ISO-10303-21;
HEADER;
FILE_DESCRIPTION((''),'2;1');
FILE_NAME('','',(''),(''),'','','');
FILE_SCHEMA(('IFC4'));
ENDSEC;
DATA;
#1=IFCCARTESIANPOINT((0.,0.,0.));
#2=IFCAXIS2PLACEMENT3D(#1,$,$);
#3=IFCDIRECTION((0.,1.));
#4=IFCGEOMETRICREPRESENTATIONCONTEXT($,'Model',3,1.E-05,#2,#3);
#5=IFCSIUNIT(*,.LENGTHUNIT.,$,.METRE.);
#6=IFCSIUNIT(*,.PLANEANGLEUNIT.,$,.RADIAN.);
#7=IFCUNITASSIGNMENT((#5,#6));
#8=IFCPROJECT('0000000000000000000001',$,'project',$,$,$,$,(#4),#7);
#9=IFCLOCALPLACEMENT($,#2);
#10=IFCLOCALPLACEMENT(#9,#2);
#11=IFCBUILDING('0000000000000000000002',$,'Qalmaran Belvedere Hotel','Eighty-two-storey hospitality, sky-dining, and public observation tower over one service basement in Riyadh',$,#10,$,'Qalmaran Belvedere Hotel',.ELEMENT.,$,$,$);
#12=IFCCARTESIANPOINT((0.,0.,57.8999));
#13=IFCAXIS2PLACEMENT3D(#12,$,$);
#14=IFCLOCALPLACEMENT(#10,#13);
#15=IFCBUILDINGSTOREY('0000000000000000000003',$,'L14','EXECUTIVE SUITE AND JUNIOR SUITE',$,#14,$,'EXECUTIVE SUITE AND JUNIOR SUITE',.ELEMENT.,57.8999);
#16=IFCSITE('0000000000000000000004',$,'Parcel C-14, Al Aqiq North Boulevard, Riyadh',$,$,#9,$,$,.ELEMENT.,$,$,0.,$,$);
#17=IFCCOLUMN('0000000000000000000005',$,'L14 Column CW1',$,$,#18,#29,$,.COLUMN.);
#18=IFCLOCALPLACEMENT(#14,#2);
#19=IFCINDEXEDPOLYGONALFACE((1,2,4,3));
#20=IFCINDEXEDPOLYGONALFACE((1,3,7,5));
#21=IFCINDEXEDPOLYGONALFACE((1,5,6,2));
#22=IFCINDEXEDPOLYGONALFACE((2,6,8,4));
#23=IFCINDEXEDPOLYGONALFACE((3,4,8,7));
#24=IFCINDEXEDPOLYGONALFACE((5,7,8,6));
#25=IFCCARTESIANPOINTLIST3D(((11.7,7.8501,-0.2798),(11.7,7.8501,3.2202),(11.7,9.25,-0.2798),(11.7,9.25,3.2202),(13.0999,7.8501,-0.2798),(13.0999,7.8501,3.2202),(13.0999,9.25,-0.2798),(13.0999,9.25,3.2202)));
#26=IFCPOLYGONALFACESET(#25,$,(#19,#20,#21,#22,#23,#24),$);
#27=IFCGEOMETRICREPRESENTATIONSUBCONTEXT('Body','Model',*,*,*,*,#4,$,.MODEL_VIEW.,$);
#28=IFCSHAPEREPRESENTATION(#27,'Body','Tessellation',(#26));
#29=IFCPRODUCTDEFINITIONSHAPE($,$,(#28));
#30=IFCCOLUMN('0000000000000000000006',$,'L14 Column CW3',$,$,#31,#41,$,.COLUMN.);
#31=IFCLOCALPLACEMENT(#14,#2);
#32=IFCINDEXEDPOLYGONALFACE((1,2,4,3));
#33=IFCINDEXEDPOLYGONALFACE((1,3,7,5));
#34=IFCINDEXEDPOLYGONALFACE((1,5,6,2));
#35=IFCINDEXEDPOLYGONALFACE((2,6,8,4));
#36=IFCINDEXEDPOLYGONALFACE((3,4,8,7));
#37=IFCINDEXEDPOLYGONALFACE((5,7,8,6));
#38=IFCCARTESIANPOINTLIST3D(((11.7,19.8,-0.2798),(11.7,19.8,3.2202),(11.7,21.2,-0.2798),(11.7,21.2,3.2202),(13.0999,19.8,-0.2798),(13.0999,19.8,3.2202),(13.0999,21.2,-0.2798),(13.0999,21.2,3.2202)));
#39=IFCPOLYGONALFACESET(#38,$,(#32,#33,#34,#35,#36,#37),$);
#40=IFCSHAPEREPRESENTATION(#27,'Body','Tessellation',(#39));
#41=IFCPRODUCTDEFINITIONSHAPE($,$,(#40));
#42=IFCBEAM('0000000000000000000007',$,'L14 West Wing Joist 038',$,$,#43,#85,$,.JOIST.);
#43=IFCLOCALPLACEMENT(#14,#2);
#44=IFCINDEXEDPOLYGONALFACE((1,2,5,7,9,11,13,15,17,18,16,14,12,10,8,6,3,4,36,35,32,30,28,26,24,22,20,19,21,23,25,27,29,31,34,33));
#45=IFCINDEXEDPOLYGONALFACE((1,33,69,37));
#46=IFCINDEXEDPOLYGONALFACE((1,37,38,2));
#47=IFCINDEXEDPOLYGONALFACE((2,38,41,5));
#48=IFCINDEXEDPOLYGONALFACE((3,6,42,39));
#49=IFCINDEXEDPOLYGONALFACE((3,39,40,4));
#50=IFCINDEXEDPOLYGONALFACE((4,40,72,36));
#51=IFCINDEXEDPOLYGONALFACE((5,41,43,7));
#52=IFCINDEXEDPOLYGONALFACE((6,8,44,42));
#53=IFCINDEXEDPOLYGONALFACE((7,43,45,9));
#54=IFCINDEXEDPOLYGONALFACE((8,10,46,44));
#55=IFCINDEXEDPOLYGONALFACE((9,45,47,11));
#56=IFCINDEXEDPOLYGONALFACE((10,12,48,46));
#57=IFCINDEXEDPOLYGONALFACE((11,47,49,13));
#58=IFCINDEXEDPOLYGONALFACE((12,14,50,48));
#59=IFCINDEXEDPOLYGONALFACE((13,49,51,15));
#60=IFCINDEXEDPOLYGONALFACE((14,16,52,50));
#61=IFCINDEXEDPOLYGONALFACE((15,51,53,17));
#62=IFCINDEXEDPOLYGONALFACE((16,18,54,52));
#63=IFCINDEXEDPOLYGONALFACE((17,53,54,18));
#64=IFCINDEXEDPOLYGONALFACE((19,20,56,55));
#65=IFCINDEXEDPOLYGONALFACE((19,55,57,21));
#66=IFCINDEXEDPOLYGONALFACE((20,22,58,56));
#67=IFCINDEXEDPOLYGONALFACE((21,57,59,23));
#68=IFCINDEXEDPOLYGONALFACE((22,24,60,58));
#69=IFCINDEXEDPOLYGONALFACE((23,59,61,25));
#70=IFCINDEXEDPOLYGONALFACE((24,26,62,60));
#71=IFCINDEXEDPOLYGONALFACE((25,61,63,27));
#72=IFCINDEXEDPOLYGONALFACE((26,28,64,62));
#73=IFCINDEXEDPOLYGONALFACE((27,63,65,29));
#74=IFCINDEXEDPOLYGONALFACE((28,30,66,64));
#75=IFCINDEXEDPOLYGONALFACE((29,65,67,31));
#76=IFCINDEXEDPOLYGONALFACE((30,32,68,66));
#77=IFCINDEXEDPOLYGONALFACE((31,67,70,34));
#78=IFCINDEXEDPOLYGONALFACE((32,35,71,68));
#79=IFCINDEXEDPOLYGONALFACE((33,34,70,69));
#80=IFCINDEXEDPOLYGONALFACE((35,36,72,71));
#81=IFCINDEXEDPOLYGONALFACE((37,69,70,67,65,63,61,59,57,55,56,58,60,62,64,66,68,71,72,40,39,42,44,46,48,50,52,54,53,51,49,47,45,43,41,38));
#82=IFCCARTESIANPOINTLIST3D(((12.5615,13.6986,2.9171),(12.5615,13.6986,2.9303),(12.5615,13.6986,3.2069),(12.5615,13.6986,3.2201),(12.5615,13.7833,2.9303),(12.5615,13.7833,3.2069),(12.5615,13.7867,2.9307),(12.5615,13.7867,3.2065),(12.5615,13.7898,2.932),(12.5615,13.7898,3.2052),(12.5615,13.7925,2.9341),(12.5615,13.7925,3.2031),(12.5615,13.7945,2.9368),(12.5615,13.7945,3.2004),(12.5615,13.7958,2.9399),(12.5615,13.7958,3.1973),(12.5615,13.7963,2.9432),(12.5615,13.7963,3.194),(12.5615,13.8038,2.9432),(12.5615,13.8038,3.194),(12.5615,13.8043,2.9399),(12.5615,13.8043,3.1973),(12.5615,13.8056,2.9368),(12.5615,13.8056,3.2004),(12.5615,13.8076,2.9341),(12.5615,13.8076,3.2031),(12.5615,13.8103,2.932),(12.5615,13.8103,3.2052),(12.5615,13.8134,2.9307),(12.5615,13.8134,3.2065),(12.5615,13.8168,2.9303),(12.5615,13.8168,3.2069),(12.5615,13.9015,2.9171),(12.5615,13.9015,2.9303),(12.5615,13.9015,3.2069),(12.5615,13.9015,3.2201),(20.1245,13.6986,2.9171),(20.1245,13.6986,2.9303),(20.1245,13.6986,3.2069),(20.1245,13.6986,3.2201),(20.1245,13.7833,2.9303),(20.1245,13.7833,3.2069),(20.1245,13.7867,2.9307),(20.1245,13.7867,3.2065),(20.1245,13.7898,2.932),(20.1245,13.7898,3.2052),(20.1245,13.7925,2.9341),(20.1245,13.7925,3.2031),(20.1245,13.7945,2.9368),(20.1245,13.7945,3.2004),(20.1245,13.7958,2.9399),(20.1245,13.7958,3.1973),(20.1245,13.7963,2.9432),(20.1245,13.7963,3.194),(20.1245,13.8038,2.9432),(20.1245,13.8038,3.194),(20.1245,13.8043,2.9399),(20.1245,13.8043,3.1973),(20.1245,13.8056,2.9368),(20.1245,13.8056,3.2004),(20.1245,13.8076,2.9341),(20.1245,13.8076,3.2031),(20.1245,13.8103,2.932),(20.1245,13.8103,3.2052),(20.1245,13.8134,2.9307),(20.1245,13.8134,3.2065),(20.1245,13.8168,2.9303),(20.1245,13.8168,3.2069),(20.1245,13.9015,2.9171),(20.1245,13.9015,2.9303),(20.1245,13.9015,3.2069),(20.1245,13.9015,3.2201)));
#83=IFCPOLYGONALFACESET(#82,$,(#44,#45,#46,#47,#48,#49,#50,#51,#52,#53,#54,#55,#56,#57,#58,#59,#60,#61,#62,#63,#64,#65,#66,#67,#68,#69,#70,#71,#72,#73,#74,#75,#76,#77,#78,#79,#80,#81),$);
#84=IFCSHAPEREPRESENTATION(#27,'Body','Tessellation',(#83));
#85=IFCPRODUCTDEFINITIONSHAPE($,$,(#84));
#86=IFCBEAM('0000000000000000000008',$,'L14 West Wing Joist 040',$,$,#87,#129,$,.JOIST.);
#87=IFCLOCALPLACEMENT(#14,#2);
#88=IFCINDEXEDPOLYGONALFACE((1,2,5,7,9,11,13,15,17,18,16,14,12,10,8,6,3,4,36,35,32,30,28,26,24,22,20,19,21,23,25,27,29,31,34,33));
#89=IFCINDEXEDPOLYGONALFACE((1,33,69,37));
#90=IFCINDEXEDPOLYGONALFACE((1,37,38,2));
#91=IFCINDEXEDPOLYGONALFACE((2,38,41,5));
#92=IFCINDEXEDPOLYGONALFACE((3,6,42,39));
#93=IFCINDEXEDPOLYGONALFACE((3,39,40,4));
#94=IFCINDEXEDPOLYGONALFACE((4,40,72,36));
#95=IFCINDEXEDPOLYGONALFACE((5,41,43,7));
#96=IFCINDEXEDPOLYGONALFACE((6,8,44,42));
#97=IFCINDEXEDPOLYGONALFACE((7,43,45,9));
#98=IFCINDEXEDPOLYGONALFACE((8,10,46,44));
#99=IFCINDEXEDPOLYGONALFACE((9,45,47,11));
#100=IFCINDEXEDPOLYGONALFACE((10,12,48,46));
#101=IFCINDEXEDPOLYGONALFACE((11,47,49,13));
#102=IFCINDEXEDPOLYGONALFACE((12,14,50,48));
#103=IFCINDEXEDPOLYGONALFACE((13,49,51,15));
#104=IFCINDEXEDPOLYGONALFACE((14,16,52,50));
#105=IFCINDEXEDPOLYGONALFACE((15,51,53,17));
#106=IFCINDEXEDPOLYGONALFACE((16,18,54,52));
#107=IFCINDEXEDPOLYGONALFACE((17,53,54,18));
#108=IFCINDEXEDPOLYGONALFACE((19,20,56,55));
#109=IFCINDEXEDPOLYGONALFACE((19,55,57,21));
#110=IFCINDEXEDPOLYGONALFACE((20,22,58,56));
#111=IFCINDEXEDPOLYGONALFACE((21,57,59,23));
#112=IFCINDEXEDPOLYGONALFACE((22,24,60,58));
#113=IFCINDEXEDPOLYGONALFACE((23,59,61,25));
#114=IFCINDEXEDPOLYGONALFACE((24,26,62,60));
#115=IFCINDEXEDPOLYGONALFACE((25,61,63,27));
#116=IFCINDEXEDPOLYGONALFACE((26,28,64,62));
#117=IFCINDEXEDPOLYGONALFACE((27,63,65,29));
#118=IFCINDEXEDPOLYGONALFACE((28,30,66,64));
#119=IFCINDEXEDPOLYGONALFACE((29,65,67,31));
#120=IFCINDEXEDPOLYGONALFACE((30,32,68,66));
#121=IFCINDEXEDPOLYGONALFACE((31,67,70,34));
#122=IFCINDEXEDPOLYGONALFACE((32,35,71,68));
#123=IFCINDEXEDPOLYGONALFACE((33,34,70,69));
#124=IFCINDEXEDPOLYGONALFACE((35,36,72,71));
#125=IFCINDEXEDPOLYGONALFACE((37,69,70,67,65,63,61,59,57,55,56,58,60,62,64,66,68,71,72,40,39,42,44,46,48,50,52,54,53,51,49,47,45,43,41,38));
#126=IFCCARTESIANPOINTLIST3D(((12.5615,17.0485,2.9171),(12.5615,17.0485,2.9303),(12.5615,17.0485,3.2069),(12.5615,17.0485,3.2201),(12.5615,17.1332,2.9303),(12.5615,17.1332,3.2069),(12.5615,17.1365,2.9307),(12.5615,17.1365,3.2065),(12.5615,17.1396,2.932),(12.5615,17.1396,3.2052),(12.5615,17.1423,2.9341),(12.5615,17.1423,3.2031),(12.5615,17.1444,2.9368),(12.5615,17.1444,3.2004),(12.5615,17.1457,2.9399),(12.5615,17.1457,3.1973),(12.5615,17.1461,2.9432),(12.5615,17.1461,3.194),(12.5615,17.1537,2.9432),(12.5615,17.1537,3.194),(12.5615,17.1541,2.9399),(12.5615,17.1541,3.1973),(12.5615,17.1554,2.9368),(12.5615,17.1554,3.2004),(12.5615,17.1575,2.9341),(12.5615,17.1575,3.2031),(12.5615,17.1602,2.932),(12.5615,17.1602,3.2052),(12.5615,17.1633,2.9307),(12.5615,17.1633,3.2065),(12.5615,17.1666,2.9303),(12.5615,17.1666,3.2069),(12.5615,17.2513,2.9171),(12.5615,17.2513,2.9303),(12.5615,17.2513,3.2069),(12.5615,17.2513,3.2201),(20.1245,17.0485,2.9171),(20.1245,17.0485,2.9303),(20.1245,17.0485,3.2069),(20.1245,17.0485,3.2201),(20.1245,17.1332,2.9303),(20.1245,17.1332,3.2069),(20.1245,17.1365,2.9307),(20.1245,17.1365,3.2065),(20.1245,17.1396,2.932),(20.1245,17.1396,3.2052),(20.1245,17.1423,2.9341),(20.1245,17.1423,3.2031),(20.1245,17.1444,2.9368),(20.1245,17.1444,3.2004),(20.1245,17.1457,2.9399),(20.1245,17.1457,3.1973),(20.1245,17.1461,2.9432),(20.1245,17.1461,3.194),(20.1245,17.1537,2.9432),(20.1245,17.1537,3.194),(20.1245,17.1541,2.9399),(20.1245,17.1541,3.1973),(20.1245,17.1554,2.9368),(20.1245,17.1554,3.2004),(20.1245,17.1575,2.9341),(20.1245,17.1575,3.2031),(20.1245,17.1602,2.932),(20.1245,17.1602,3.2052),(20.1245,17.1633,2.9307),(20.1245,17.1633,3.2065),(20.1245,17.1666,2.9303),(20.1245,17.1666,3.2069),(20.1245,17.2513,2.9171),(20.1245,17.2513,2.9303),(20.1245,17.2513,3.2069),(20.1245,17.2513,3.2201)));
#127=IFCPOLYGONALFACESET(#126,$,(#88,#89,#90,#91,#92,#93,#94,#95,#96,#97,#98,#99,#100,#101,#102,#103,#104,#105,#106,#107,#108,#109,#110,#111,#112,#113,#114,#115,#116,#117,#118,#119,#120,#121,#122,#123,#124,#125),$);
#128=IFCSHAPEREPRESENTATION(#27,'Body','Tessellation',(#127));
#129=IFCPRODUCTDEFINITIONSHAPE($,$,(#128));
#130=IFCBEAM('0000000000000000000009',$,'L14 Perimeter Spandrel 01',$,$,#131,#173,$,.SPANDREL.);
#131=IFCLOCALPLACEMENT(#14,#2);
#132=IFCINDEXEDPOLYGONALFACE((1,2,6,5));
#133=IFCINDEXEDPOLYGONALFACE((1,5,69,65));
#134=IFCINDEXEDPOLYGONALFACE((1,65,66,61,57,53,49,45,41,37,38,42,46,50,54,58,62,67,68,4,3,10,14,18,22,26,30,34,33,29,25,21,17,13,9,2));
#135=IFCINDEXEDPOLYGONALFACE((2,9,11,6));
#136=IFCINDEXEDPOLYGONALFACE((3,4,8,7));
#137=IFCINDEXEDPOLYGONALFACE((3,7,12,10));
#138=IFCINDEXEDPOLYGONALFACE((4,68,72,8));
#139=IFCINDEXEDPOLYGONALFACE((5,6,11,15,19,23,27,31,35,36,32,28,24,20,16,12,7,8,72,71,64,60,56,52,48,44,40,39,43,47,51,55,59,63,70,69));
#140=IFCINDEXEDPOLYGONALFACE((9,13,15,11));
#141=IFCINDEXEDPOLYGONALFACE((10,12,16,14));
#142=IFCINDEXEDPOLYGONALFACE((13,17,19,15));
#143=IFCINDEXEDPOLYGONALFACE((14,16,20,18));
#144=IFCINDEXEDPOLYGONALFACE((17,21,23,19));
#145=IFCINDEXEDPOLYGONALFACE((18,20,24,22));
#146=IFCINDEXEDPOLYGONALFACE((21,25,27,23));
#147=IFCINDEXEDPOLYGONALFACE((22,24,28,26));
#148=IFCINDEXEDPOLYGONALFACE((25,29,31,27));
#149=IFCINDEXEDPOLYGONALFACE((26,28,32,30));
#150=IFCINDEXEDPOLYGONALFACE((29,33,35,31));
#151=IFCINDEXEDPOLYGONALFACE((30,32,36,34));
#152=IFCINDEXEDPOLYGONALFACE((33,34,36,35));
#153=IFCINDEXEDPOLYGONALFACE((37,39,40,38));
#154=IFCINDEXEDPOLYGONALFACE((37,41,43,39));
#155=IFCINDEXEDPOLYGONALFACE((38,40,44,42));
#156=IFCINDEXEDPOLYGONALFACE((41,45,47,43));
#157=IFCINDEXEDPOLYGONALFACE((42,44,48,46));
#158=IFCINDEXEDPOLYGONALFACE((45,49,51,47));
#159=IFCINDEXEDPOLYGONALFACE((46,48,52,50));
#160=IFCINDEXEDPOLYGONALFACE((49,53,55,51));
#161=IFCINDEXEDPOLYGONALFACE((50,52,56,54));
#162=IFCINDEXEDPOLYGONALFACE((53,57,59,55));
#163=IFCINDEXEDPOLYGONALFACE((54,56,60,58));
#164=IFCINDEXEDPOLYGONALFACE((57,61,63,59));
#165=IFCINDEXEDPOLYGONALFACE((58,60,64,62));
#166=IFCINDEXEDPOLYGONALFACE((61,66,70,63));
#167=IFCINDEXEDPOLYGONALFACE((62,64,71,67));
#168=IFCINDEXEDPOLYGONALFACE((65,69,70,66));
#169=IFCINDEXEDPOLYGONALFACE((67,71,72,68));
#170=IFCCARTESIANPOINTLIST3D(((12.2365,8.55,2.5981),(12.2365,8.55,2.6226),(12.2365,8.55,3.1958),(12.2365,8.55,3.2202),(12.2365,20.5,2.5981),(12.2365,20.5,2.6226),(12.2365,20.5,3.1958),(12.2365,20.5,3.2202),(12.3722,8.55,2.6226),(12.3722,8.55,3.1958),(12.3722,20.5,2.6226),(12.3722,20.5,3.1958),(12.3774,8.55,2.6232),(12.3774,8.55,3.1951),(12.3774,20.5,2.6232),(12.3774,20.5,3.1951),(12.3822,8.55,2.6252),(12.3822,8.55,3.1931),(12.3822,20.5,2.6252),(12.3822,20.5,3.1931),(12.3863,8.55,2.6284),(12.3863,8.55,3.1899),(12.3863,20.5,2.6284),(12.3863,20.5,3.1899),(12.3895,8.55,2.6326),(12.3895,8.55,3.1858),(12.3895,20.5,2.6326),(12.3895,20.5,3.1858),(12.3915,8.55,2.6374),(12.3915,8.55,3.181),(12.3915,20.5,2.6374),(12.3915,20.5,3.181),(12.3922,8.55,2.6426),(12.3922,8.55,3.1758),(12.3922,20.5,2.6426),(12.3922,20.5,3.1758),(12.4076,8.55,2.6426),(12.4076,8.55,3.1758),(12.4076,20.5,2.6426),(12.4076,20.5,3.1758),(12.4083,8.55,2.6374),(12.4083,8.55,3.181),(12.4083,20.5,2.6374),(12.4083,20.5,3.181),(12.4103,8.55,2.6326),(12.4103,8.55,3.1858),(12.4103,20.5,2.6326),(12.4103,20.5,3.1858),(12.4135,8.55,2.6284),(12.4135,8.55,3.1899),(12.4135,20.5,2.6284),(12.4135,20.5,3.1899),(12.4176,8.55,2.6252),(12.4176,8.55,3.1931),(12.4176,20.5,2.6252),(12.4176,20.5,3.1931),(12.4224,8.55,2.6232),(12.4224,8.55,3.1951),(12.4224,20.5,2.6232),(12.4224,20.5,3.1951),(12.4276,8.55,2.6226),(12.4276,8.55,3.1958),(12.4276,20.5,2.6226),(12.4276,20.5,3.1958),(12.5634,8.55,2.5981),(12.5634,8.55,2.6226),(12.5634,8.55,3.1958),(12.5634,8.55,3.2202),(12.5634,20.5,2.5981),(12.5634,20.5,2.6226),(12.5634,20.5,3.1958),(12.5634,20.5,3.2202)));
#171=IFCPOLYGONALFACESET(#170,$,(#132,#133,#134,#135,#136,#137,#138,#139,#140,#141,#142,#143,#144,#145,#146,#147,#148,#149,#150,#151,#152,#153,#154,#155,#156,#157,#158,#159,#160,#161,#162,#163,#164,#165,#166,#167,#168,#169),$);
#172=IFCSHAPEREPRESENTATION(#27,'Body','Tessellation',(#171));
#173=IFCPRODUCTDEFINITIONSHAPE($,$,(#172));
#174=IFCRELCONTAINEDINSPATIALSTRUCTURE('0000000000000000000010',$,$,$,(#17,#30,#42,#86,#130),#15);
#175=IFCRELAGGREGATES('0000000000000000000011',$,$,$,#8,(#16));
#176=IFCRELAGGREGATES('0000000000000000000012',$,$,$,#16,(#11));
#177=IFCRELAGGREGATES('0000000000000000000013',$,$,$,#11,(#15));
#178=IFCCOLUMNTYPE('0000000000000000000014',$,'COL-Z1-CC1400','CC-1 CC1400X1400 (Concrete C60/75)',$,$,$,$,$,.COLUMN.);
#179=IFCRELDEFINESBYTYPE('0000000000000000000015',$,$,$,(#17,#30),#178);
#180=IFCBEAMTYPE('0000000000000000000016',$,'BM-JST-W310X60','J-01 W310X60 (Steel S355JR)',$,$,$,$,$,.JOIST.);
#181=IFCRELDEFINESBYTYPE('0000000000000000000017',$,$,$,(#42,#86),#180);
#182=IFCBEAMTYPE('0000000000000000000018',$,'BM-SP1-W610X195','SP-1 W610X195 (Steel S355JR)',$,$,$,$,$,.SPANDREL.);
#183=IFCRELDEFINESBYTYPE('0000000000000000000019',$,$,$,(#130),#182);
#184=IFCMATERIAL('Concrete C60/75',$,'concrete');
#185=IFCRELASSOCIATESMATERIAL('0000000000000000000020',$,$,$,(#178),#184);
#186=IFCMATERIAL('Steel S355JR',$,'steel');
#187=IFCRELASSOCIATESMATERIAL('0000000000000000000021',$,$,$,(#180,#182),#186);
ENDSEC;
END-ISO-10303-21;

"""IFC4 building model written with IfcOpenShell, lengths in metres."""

from ifc_helpers import new_model, si_unit, direction, frame, origin, origin_2d, place, context, subcontext, project, spatial, rectangle, i_section, extrude, material, material_profile, profile_set, type_object, element, save


model = new_model("IFC4")

# Units and contexts
model_context = context("Model", 3, precision=1e-05, world=origin(), true_north=direction((0.0, 1.0)))
body_context = subcontext(model_context, "Body", "Model", "MODEL_VIEW")
ifc_project = project(units=[si_unit("LENGTHUNIT", "METRE"), si_unit("PLANEANGLEUNIT", "RADIAN")], contexts=[model_context])

# Site, building, storey
site_placement = place(None, origin())
site = spatial("IfcSite", under=ifc_project, at=site_placement, Name="Parcel C-14, Al Aqiq North Boulevard, Riyadh", CompositionType="ELEMENT", RefElevation=0.0)
building_placement = place(site_placement, origin())
building = spatial("IfcBuilding", under=site, at=building_placement, Name="Qalmaran Belvedere Hotel", Description="Eighty-two-storey hospitality, sky-dining, and public observation tower over one service basement in Riyadh", LongName="Qalmaran Belvedere Hotel", CompositionType="ELEMENT")
storey_placement = place(building_placement, frame((0.0, 0.0, 57.8999)))
storey = spatial("IfcBuildingStorey", under=building, at=storey_placement, Name="L14", Description="EXECUTIVE SUITE AND JUNIOR SUITE", LongName="EXECUTIVE SUITE AND JUNIOR SUITE", CompositionType="ELEMENT", Elevation=57.8999)

# Columns
ifc_material_1 = material(Name="Concrete C60/75", Category="concrete")
ifc_material_profile_1 = material_profile(ifc_material_1, rectangle(XDim=1.3999, YDim=1.3999, at=origin_2d()), Name="CC1400X1400")
ifc_profile_set_1 = profile_set([ifc_material_profile_1], Name="Concrete C60/75")
column_type = type_object("IfcColumnType", Name="COL-Z1-CC1400", Description="CC-1 CC1400X1400 (Concrete C60/75)", PredefinedType="COLUMN", material=ifc_profile_set_1)
for number, where, z_axis, x_axis, name in (
    (1, (12.3999, 8.55, -0.2798), (0.0, 0.0, 1.0), (1.0, 0.0, 0.0), "L14 Column CW1"),
    (2, (12.3999, 20.5, -0.2798), (0.0, 0.0, 1.0), (1.0, 0.0, 0.0), "L14 Column CW3"),
):
    element("IfcColumn", number, at=place(storey_placement, frame(where, z_axis=z_axis, x_axis=x_axis)), inside=storey, type_object=column_type, Name=name, PredefinedType="COLUMN", context=body_context, shape_type="SweptSolid", body=[
        extrude(rectangle(XDim=1.3999, YDim=1.3999, at=origin_2d()), origin(), (0.0, 0.0, 1.0), 3.5),
    ])

# Beams
ifc_material_2 = material(Name="Steel S355JR", Category="steel")
ifc_material_profile_2 = material_profile(ifc_material_2, i_section(OverallWidth=0.2029, OverallDepth=0.303, WebThickness=0.0076, FlangeThickness=0.0132, FilletRadius=0.0129, at=origin_2d()), Name="W310X60")
ifc_profile_set_2 = profile_set([ifc_material_profile_2], Name="Steel S355JR")
beam_type_1 = type_object("IfcBeamType", Name="BM-JST-W310X60", Description="J-01 W310X60 (Steel S355JR)", PredefinedType="JOIST", material=ifc_profile_set_2)
for number, where, z_axis, x_axis, name in (
    (3, (12.5615, 13.8, 3.0686), (1.0, 0.0, 0.0), (0.0, 1.0, 0.0), "L14 West Wing Joist 038"),
    (4, (12.5615, 17.1499, 3.0686), (1.0, 0.0, 0.0), (0.0, 1.0, 0.0), "L14 West Wing Joist 040"),
):
    element("IfcBeam", number, at=place(storey_placement, frame(where, z_axis=z_axis, x_axis=x_axis)), inside=storey, type_object=beam_type_1, Name=name, PredefinedType="JOIST", context=body_context, shape_type="SweptSolid", body=[
        extrude(i_section(OverallWidth=0.2029, OverallDepth=0.303, WebThickness=0.0076, FlangeThickness=0.0132, FilletRadius=0.0129, at=origin_2d()), origin(), (0.0, 0.0, 1.0), 7.563),
    ])
ifc_material_profile_3 = material_profile(ifc_material_2, i_section(OverallWidth=0.3269, OverallDepth=0.6221, WebThickness=0.0154, FlangeThickness=0.0244, FilletRadius=0.02, at=origin_2d()), Name="W610X195")
ifc_profile_set_3 = profile_set([ifc_material_profile_3], Name="Steel S355JR")
beam_type_2 = type_object("IfcBeamType", Name="BM-SP1-W610X195", Description="SP-1 W610X195 (Steel S355JR)", PredefinedType="SPANDREL", material=ifc_profile_set_3)
beam_1_placement = place(storey_placement, frame((12.3999, 8.55, 2.9092), z_axis=(0.0, 1.0, 0.0), x_axis=(-1.0, 0.0, 0.0)))
element("IfcBeam", 5, at=beam_1_placement, inside=storey, type_object=beam_type_2, Name="L14 Perimeter Spandrel 01", PredefinedType="SPANDREL", context=body_context, shape_type="SweptSolid", body=[
    extrude(i_section(OverallWidth=0.3269, OverallDepth=0.6221, WebThickness=0.0154, FlangeThickness=0.0244, FilletRadius=0.02, at=origin_2d()), origin(), (0.0, 0.0, 1.0), 11.95),
])

save(model, "model.ifc")
